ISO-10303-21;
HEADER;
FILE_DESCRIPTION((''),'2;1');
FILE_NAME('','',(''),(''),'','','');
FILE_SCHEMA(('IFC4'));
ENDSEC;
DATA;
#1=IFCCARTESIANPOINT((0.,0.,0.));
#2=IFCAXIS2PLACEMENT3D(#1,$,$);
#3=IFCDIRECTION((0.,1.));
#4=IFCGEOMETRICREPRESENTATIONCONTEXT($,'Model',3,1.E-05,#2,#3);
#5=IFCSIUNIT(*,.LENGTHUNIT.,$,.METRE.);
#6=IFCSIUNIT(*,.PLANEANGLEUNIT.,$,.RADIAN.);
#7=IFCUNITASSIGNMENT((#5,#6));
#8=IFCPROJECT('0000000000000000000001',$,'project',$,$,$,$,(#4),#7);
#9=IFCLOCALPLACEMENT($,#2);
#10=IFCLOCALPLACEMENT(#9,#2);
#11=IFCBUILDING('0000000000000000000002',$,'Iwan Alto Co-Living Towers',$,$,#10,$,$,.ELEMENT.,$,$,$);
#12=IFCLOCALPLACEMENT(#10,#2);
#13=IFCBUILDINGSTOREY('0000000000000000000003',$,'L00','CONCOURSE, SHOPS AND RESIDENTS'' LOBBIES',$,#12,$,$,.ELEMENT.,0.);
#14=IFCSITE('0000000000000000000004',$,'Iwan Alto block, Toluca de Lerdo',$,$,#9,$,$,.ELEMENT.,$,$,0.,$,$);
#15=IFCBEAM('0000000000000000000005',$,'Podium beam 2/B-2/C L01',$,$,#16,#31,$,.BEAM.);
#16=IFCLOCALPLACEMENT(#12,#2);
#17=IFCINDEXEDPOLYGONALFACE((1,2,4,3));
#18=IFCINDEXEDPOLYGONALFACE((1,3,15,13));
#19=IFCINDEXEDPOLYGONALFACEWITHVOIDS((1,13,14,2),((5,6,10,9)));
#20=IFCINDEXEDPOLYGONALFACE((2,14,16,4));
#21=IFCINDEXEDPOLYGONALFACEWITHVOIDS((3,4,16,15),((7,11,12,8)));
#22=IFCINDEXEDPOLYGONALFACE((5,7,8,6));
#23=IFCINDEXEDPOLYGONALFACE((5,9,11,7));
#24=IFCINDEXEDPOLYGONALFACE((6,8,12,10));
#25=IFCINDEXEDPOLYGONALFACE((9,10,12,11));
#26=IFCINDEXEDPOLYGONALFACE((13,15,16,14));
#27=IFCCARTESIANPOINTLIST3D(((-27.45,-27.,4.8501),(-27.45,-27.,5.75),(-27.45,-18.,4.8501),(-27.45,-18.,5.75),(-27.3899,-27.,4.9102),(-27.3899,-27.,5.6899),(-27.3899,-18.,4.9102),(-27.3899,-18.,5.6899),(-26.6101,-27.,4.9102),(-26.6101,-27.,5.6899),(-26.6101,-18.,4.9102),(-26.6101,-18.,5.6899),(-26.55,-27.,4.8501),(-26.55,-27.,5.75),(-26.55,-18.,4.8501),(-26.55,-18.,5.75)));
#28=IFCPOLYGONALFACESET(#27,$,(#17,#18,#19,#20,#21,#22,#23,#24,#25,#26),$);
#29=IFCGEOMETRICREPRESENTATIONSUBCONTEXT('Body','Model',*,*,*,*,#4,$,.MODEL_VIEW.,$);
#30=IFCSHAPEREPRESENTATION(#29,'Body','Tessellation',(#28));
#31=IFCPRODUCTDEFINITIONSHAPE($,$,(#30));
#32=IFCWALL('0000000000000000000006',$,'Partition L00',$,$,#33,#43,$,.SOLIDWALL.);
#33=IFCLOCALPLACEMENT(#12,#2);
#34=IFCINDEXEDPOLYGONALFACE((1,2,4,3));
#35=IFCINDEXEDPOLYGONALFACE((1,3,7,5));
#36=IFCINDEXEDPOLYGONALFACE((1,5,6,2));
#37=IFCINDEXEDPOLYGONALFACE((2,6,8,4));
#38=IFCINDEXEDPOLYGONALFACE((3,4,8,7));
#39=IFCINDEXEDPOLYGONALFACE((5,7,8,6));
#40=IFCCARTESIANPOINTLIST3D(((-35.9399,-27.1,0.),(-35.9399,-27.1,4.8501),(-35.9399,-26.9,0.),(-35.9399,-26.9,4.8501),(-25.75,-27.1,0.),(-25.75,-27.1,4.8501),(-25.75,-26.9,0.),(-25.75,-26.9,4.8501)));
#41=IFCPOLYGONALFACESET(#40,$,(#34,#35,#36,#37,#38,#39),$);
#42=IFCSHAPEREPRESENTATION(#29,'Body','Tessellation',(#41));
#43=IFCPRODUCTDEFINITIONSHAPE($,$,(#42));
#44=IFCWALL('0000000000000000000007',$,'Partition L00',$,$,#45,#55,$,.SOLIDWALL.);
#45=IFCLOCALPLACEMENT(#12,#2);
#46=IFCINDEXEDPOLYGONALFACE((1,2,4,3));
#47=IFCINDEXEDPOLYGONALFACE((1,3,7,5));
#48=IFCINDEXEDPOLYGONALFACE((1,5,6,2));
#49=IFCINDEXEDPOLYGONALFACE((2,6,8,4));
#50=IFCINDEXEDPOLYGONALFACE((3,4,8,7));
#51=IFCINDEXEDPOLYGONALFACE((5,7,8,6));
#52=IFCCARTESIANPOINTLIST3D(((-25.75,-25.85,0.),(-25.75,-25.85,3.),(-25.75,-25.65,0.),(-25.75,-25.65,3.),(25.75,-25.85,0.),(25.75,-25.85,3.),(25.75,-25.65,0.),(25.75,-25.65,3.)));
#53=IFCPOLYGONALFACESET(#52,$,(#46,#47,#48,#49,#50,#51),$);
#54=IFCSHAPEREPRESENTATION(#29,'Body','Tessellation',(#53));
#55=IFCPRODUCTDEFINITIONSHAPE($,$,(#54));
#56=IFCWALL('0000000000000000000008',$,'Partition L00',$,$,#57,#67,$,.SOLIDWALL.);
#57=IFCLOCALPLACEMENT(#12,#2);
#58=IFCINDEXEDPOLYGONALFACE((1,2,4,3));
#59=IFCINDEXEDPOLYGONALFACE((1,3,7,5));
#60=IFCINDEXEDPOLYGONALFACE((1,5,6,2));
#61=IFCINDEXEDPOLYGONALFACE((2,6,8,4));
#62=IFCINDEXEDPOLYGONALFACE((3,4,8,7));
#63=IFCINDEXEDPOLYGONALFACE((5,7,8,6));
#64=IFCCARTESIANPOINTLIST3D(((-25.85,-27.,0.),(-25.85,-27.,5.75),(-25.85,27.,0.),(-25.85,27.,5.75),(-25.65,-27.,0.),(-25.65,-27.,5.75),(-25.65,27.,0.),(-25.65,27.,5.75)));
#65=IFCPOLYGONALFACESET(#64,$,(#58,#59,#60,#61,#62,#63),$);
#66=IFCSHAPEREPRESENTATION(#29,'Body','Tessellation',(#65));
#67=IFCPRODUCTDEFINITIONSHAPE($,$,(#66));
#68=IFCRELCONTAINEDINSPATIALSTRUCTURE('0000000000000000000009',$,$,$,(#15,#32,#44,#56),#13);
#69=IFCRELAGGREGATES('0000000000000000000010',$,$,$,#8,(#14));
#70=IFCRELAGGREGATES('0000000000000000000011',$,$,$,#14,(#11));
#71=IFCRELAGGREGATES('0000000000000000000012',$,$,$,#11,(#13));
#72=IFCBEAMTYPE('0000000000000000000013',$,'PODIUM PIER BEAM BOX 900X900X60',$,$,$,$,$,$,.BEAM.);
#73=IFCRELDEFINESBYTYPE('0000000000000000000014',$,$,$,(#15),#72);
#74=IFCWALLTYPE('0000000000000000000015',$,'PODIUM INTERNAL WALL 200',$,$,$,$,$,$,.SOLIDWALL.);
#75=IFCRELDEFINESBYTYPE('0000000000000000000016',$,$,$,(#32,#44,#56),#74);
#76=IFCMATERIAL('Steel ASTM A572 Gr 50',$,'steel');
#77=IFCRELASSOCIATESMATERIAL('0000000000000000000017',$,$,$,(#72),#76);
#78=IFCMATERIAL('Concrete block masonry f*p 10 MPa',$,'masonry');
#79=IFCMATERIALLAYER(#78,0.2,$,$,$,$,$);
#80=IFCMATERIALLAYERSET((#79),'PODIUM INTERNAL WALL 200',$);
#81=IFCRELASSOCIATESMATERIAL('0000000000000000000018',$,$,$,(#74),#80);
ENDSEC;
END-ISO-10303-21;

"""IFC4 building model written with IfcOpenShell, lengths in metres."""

from ifc_helpers import new_model, si_unit, direction, frame, frame_2d, origin, origin_2d, place, context, subcontext, project, spatial, rectangle, hollow_rectangle, extrude, material, layer, layer_set, material_profile, profile_set, type_object, element, save


model = new_model("IFC4")

# Units and contexts
model_context = context("Model", 3, precision=1e-05, world=origin(), true_north=direction((0.0, 1.0)))
body_context = subcontext(model_context, "Body", "Model", "MODEL_VIEW")
ifc_project = project(units=[si_unit("LENGTHUNIT", "METRE"), si_unit("PLANEANGLEUNIT", "RADIAN")], contexts=[model_context])

# Site, building, storey
site_placement = place(None, origin())
site = spatial("IfcSite", under=ifc_project, at=site_placement, Name="Iwan Alto block, Toluca de Lerdo", CompositionType="ELEMENT", RefElevation=0.0)
building_placement = place(site_placement, origin())
building = spatial("IfcBuilding", under=site, at=building_placement, Name="Iwan Alto Co-Living Towers", CompositionType="ELEMENT")
storey_placement = place(building_placement, origin())
storey = spatial("IfcBuildingStorey", under=building, at=storey_placement, Name="L00", Description="CONCOURSE, SHOPS AND RESIDENTS' LOBBIES", CompositionType="ELEMENT", Elevation=0.0)

# Beam
ifc_material_1 = material(Name="Steel ASTM A572 Gr 50", Category="steel")
ifc_material_profile_1 = material_profile(ifc_material_1, hollow_rectangle(XDim=0.8999, YDim=0.8999, WallThickness=0.0601, at=origin_2d()), Name="BOX 900X900X60")
ifc_profile_set_1 = profile_set([ifc_material_profile_1], Name="Steel ASTM A572 Gr 50")
beam_type_1 = type_object("IfcBeamType", Name="PODIUM PIER BEAM BOX 900X900X60", PredefinedType="BEAM", material=ifc_profile_set_1)
for number, where, z_axis, x_axis, name in (
    (1, (-27.0, -27.0, 5.3), (0.0, 1.0, 0.0), (-1.0, 0.0, 0.0), "Podium beam 2/B-2/C L01"),
):
    element("IfcBeam", number, at=place(storey_placement, frame(where, z_axis=z_axis, x_axis=x_axis)), inside=storey, type_object=beam_type_1, Name=name, PredefinedType="BEAM", context=body_context, shape_type="SweptSolid", body=[
        extrude(hollow_rectangle(XDim=0.8999, YDim=0.8999, WallThickness=0.0601, at=origin_2d()), origin(), (0.0, 0.0, 1.0), 9.0),
    ])

# Walls
ifc_material_2 = material(Name="Concrete block masonry f*p 10 MPa", Category="masonry")
ifc_layer = layer(ifc_material_2, 0.2)
ifc_layer_set = layer_set([ifc_layer], Name="PODIUM INTERNAL WALL 200")
wall_type = type_object("IfcWallType", Name="PODIUM INTERNAL WALL 200", PredefinedType="SOLIDWALL", material=ifc_layer_set)
wall_1_placement = place(storey_placement, frame((-35.9399, -27.0, 0.0), z_axis=(0.0, 0.0, 1.0), x_axis=(1.0, 0.0, 0.0)))
element("IfcWall", 2, at=wall_1_placement, inside=storey, type_object=wall_type, Name="Partition L00", PredefinedType="SOLIDWALL", context=body_context, shape_type="SweptSolid", body=[
    extrude(rectangle(XDim=10.1899, YDim=0.2, at=frame_2d((5.095, 0.0))), origin(), (0.0, 0.0, 1.0), 4.8501),
])
wall_2_placement = place(storey_placement, frame((-25.75, -25.75, 0.0), z_axis=(0.0, 0.0, 1.0), x_axis=(1.0, 0.0, 0.0)))
element("IfcWall", 3, at=wall_2_placement, inside=storey, type_object=wall_type, Name="Partition L00", PredefinedType="SOLIDWALL", context=body_context, shape_type="SweptSolid", body=[
    extrude(rectangle(XDim=51.5, YDim=0.2, at=frame_2d((25.75, 0.0))), origin(), (0.0, 0.0, 1.0), 3.0),
])
wall_3_placement = place(storey_placement, frame((-25.75, -27.0, 0.0), z_axis=(0.0, 0.0, 1.0), x_axis=(0.0, 1.0, 0.0)))
element("IfcWall", 4, at=wall_3_placement, inside=storey, type_object=wall_type, Name="Partition L00", PredefinedType="SOLIDWALL", context=body_context, shape_type="SweptSolid", body=[
    extrude(rectangle(XDim=54.0, YDim=0.2, at=frame_2d((27.0, 0.0))), origin(), (0.0, 0.0, 1.0), 5.75),
])

save(model, "model.ifc")
